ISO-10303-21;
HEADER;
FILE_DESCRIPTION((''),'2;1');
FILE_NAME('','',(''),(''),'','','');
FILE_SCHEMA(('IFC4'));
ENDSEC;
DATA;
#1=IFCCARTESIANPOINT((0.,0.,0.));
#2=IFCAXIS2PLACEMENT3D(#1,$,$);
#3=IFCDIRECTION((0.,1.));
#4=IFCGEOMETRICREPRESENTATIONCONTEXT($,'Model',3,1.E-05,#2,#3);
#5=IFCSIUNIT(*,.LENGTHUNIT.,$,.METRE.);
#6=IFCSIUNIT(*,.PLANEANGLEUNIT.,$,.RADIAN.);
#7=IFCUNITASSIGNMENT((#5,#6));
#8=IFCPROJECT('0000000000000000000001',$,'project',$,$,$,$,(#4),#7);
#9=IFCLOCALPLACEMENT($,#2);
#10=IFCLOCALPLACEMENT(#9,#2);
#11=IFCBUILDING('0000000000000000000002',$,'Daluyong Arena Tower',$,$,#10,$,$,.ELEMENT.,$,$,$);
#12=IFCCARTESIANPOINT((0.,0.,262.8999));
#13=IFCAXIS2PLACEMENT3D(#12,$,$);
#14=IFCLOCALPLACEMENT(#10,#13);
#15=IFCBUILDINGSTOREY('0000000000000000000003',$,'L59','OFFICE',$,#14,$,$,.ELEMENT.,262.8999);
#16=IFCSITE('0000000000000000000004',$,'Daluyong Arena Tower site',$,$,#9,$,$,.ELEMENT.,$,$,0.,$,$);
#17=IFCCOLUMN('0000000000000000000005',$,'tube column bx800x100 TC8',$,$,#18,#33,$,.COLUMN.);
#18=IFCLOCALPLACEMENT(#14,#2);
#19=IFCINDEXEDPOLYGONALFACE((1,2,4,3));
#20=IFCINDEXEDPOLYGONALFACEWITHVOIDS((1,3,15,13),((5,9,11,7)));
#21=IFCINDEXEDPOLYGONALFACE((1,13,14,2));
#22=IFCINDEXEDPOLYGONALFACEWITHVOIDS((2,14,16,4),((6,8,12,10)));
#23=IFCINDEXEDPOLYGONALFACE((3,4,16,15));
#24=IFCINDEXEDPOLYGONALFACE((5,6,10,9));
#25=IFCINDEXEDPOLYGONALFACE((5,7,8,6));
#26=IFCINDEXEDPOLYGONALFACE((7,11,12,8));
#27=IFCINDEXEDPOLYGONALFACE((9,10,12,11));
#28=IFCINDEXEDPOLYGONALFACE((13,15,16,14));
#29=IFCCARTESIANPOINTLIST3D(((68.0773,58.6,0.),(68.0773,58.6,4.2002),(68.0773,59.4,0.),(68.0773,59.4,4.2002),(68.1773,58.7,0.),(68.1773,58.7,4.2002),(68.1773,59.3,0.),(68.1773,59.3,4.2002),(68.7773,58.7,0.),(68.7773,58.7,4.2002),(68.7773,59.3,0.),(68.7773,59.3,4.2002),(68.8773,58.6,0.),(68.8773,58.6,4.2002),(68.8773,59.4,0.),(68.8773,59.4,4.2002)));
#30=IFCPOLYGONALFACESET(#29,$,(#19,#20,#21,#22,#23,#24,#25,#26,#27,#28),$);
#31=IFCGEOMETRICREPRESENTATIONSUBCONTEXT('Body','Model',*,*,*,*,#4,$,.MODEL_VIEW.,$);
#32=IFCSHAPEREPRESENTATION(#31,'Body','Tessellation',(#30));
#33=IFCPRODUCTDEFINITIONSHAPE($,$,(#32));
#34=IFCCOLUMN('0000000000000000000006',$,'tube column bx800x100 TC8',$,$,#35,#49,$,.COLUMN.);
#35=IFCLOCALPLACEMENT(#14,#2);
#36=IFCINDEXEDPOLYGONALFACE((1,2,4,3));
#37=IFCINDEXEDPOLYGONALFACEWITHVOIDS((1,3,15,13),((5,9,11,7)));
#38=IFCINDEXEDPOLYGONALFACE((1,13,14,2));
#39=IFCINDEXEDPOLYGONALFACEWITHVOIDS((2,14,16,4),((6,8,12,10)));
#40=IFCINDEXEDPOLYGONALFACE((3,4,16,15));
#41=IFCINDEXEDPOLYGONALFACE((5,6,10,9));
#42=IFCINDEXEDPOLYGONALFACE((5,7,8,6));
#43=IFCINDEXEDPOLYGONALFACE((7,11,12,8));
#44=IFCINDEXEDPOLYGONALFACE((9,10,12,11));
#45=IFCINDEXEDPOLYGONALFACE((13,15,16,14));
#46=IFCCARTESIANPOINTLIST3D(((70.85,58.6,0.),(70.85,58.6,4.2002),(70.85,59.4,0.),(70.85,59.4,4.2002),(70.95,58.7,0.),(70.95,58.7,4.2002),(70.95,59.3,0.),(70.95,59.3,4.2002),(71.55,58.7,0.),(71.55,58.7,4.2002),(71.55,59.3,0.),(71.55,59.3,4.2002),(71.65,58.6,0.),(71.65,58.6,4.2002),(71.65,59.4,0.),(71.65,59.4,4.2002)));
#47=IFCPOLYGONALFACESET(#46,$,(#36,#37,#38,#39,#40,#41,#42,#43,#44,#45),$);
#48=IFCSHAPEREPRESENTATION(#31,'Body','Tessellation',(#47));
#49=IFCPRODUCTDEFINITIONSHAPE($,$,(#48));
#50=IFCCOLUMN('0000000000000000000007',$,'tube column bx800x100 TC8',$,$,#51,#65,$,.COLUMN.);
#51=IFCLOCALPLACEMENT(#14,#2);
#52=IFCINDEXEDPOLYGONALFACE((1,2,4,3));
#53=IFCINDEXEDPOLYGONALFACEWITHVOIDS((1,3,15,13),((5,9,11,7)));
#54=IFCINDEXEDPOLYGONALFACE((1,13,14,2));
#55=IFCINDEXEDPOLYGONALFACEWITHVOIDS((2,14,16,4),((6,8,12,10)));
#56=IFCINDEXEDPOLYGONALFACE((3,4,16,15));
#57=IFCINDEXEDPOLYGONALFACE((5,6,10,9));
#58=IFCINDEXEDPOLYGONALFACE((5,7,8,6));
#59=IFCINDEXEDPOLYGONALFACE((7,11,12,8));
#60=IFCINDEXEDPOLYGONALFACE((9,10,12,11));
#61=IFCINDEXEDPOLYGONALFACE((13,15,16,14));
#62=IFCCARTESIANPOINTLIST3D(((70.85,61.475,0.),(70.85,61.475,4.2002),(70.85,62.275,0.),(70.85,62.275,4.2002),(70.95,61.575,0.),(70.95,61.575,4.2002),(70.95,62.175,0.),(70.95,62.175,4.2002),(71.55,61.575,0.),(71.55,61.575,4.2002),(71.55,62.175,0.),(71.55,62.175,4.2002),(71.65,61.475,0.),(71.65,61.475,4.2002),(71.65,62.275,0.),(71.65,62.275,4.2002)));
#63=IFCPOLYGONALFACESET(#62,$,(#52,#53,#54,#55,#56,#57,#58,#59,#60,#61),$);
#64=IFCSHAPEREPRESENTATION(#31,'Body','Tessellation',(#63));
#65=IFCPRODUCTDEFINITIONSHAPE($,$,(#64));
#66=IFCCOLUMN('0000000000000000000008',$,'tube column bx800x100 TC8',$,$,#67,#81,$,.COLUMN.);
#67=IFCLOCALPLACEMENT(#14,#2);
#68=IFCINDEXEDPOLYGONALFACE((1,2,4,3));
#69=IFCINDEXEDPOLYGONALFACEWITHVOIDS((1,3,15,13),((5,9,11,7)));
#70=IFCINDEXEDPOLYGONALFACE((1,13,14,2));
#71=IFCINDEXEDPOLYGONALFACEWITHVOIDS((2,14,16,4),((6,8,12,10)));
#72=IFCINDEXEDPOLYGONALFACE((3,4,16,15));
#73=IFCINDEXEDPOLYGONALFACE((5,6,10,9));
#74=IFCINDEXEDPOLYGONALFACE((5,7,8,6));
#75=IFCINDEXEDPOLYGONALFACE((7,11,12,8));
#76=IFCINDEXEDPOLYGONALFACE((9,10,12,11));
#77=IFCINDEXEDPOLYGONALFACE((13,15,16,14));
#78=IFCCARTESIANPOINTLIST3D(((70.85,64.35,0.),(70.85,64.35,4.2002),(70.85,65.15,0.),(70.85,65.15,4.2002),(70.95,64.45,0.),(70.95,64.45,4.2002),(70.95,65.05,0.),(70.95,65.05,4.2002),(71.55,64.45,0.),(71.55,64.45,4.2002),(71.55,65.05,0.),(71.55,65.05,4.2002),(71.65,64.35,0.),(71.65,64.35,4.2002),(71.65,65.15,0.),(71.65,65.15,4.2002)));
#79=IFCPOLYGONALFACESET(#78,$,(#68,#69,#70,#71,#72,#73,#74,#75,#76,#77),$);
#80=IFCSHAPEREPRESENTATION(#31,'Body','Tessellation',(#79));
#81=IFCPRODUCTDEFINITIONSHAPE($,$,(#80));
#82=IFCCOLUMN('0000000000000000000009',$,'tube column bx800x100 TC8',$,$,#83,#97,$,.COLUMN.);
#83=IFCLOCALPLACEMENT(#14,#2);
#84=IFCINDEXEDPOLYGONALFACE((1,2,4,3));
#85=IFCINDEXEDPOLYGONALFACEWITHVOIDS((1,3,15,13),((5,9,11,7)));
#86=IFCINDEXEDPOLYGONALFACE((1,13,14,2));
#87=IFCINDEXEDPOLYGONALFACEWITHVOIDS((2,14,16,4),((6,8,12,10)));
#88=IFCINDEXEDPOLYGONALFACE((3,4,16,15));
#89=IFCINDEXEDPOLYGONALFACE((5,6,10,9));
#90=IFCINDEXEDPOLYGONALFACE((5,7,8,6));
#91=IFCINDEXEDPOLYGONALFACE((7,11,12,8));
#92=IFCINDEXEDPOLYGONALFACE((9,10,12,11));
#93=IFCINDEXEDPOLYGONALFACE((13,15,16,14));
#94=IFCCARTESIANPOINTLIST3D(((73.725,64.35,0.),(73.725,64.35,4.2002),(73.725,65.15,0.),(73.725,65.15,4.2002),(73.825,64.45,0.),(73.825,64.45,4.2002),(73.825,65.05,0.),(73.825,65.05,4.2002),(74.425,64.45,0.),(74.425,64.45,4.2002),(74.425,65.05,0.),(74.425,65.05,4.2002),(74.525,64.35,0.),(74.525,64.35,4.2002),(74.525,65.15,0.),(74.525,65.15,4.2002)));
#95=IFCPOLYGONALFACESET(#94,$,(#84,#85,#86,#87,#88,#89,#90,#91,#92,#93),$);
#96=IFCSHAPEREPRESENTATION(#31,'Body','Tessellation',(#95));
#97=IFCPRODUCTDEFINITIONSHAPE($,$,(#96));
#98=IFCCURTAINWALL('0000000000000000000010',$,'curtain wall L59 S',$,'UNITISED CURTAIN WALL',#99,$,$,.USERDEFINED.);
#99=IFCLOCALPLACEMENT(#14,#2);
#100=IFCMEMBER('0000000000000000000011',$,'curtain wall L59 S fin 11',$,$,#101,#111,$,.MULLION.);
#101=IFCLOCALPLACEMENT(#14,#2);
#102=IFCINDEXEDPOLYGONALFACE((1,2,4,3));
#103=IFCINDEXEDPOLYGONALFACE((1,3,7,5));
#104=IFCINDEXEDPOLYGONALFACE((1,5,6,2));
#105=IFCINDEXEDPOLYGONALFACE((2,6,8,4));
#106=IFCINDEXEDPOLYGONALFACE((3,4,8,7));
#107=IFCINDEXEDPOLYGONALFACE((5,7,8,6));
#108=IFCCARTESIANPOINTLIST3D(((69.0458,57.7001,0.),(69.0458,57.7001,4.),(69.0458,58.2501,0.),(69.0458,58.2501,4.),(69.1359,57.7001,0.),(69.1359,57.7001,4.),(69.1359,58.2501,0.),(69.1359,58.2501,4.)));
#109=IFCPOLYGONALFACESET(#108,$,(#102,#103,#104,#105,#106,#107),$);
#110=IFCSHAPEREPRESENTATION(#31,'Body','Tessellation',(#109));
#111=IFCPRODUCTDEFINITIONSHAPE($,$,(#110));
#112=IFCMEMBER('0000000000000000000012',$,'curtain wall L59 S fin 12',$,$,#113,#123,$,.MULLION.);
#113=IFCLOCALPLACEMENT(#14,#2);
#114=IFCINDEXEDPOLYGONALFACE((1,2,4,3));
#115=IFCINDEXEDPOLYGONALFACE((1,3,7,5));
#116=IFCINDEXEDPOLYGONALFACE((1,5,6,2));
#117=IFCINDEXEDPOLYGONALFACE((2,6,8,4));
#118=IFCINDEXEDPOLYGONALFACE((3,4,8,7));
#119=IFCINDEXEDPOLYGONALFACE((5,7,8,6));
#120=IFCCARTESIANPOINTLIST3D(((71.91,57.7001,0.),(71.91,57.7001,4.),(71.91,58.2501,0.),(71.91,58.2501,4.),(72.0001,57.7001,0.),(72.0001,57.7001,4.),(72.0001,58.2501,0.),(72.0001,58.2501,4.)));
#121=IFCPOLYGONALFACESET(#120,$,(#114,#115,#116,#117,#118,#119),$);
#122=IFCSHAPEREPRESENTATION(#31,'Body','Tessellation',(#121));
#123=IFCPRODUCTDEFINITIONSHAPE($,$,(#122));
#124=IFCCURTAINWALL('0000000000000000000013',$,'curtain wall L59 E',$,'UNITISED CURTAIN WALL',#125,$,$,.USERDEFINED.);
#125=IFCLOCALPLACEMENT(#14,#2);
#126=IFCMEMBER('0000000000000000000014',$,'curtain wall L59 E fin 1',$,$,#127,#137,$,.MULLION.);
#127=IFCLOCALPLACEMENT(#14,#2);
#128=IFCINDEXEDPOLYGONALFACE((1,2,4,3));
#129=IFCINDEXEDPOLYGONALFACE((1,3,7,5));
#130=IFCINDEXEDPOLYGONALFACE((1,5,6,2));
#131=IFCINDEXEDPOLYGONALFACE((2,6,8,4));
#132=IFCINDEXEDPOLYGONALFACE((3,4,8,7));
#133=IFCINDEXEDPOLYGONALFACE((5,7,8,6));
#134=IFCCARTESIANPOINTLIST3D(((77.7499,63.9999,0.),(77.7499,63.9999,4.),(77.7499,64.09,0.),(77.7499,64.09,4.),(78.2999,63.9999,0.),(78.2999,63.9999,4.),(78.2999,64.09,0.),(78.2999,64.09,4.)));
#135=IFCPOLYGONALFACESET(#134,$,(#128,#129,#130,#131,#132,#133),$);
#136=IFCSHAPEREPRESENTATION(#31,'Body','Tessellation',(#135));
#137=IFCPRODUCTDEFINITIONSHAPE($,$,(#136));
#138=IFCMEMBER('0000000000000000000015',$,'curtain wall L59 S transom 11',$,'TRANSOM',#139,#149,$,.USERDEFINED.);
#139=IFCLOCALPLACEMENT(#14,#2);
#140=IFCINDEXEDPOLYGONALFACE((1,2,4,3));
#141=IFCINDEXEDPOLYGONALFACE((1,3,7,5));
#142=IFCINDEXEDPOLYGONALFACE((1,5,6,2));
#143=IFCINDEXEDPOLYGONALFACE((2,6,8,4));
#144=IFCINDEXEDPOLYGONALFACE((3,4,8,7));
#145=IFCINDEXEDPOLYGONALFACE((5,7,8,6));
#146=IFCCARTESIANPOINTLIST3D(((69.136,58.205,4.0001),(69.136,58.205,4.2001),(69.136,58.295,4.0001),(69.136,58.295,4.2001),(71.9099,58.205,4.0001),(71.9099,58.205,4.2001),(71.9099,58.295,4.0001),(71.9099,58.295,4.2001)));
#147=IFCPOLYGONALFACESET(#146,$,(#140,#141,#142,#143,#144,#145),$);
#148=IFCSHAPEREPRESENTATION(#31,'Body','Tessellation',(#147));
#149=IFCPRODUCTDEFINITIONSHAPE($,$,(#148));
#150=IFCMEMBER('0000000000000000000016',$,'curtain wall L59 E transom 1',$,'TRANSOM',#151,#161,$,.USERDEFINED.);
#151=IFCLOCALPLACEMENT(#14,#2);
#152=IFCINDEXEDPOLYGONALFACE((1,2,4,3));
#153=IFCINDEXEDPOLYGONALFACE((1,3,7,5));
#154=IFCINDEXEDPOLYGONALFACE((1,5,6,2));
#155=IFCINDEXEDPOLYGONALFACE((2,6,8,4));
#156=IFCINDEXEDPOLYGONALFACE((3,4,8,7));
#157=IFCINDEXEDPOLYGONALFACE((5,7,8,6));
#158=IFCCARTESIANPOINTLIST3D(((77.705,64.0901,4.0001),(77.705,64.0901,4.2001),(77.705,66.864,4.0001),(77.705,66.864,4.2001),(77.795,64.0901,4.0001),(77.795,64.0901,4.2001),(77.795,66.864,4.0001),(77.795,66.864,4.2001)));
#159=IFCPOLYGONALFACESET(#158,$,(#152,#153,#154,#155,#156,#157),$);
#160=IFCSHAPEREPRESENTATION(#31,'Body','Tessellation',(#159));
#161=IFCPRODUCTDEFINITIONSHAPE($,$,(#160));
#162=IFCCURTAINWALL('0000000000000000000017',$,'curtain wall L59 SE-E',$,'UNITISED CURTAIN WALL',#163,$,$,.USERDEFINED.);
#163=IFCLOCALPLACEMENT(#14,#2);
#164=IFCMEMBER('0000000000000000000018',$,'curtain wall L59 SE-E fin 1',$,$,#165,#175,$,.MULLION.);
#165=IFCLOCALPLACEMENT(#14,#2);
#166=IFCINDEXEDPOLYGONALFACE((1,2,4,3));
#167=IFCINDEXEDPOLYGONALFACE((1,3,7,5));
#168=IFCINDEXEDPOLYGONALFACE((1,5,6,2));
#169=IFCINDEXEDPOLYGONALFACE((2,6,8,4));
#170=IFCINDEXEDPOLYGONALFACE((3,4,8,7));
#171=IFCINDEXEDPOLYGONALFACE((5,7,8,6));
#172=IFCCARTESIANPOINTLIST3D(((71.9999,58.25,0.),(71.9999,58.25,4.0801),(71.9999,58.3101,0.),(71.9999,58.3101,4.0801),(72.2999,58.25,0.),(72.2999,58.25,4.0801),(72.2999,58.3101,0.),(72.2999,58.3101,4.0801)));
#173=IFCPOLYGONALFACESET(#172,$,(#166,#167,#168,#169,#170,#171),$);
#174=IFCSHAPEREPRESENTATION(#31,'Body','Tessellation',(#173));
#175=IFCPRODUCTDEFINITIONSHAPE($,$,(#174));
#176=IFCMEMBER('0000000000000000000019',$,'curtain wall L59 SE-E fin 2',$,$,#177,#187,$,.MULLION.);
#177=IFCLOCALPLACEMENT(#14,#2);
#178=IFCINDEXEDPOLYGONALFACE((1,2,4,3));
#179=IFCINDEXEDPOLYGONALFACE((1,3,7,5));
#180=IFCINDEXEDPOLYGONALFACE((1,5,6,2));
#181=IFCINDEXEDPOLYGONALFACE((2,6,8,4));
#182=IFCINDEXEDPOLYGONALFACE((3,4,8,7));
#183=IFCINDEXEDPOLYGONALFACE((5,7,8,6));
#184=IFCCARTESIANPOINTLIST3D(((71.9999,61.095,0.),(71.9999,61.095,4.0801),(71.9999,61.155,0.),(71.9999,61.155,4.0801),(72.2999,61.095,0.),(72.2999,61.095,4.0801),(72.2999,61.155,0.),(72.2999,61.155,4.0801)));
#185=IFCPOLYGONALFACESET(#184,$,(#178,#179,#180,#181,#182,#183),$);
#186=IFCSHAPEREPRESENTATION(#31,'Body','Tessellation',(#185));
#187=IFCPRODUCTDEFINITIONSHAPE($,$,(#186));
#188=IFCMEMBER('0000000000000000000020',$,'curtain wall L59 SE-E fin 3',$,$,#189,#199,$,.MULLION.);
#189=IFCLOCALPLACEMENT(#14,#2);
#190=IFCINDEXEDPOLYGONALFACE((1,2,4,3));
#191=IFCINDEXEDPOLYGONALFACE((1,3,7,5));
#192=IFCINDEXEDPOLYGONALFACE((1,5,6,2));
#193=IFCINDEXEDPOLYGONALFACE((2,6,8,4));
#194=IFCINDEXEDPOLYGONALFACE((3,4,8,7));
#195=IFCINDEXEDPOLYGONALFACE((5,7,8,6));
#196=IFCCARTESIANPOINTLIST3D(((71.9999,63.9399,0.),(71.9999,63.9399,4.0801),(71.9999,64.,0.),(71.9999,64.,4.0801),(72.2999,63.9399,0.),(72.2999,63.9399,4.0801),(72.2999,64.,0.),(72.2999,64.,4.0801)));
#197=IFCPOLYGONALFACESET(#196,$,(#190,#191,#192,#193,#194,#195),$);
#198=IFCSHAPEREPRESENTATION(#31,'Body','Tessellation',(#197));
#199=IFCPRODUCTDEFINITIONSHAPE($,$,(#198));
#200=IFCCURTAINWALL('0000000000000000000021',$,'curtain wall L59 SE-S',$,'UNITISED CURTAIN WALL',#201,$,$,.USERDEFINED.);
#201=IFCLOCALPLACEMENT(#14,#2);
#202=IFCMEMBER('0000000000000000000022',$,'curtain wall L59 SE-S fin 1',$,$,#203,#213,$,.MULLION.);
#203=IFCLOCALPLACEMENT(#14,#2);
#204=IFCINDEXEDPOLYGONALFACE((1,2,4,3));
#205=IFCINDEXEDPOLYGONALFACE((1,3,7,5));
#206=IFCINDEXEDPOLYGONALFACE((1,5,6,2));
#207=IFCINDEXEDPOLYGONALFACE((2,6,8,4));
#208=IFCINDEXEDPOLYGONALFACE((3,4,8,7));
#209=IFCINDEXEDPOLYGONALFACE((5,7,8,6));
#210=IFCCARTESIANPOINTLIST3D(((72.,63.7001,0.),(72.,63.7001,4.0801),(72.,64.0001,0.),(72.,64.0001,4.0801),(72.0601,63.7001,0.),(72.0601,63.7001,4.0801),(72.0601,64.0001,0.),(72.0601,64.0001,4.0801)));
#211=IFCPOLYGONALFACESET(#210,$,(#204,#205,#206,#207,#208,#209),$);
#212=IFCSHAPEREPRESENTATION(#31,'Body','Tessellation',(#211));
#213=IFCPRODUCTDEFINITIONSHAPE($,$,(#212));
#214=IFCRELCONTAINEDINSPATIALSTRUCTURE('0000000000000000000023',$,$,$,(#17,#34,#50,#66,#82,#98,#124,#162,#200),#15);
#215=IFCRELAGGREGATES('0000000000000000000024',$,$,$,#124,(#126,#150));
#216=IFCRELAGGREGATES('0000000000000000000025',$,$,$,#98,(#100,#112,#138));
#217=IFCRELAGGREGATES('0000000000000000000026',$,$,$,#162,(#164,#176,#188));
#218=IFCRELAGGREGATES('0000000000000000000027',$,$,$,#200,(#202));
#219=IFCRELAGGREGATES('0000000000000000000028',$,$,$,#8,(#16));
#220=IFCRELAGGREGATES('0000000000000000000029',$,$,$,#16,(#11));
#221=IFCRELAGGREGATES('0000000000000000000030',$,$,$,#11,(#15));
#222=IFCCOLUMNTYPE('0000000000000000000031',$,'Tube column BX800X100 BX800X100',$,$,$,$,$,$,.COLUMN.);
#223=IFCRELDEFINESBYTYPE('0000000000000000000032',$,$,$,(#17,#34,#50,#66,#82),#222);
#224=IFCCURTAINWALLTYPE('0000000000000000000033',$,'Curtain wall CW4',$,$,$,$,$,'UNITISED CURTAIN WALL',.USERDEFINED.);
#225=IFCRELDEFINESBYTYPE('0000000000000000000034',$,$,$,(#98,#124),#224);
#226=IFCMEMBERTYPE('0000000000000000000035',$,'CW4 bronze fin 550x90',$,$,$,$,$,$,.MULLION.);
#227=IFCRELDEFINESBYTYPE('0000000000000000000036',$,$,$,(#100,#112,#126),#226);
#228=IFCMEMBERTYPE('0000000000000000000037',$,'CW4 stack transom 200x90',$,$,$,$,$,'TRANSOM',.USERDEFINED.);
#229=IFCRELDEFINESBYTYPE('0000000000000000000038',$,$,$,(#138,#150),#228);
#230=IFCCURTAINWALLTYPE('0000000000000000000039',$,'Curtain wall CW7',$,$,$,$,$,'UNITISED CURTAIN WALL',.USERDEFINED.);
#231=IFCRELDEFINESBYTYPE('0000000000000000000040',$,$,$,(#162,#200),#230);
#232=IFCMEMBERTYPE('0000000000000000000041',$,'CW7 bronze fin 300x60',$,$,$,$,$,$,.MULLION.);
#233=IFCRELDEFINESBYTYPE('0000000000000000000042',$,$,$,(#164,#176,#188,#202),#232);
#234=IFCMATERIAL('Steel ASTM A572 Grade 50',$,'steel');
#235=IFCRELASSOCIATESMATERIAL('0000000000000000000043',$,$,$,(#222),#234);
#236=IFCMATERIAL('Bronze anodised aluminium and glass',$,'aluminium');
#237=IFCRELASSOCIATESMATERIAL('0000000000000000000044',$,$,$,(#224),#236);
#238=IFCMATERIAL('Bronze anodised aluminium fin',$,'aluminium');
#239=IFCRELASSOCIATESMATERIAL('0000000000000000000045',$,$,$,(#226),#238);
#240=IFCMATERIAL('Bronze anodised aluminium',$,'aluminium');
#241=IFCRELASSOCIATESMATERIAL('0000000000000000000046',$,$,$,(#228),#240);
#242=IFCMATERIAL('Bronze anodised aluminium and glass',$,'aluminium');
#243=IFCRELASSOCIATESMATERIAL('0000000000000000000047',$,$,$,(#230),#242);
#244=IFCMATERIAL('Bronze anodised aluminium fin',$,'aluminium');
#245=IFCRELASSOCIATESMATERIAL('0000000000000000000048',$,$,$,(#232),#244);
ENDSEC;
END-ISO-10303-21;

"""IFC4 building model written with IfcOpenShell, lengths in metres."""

from ifc_helpers import new_model, si_unit, direction, frame, origin, origin_2d, place, context, subcontext, project, spatial, rectangle, hollow_rectangle, extrude, material, material_profile, profile_set, type_object, element, aggregate, save


model = new_model("IFC4")

# Units and contexts
model_context = context("Model", 3, precision=1e-05, world=origin(), true_north=direction((0.0, 1.0)))
body_context = subcontext(model_context, "Body", "Model", "MODEL_VIEW")
ifc_project = project(units=[si_unit("LENGTHUNIT", "METRE"), si_unit("PLANEANGLEUNIT", "RADIAN")], contexts=[model_context])

# Site, building, storey
site_placement = place(None, origin())
site = spatial("IfcSite", under=ifc_project, at=site_placement, Name="Daluyong Arena Tower site", CompositionType="ELEMENT", RefElevation=0.0)
building_placement = place(site_placement, origin())
building = spatial("IfcBuilding", under=site, at=building_placement, Name="Daluyong Arena Tower", CompositionType="ELEMENT")
storey_placement = place(building_placement, frame((0.0, 0.0, 262.8999)))
storey = spatial("IfcBuildingStorey", under=building, at=storey_placement, Name="L59", Description="OFFICE", CompositionType="ELEMENT", Elevation=262.8999)

# Columns
ifc_material_1 = material(Name="Steel ASTM A572 Grade 50", Category="steel")
ifc_material_profile_1 = material_profile(ifc_material_1, hollow_rectangle(XDim=0.8, YDim=0.8, WallThickness=0.1, at=origin_2d()))
ifc_profile_set_1 = profile_set([ifc_material_profile_1], Name="Steel ASTM A572 Grade 50")
column_type = type_object("IfcColumnType", Name="Tube column BX800X100 BX800X100", PredefinedType="COLUMN", material=ifc_profile_set_1)
for number, where, z_axis, x_axis, name in (
    (1, (68.4773, 59.0, 0.0), (0.0, 0.0, 1.0), (1.0, 0.0, 0.0), "tube column bx800x100 TC8"),
    (2, (71.25, 59.0, 0.0), (0.0, 0.0, 1.0), (0.0, 1.0, 0.0), "tube column bx800x100 TC8"),
    (3, (71.25, 61.875, 0.0), (0.0, 0.0, 1.0), (0.0, 1.0, 0.0), "tube column bx800x100 TC8"),
    (4, (71.25, 64.75, 0.0), (0.0, 0.0, 1.0), (1.0, 0.0, 0.0), "tube column bx800x100 TC8"),
    (5, (74.125, 64.75, 0.0), (0.0, 0.0, 1.0), (1.0, 0.0, 0.0), "tube column bx800x100 TC8"),
):
    element("IfcColumn", number, at=place(storey_placement, frame(where, z_axis=z_axis, x_axis=x_axis)), inside=storey, type_object=column_type, Name=name, PredefinedType="COLUMN", context=body_context, shape_type="SweptSolid", body=[
        extrude(hollow_rectangle(XDim=0.8, YDim=0.8, WallThickness=0.1, at=origin_2d()), origin(), (0.0, 0.0, 1.0), 4.2002),
    ])

# Curtain wall, members
ifc_material_2 = material(Name="Bronze anodised aluminium and glass", Category="aluminium")
curtain_wall_type_1 = type_object("IfcCurtainWallType", Name="Curtain wall CW4", ElementType="UNITISED CURTAIN WALL", PredefinedType="USERDEFINED", material=ifc_material_2)
curtain_wall_1_placement = place(storey_placement, origin())
curtain_wall_1 = element("IfcCurtainWall", 6, at=curtain_wall_1_placement, inside=storey, type_object=curtain_wall_type_1, Name="curtain wall L59 S", ObjectType="UNITISED CURTAIN WALL", PredefinedType="USERDEFINED")
ifc_material_3 = material(Name="Bronze anodised aluminium fin", Category="aluminium")
ifc_material_profile_2 = material_profile(ifc_material_3, rectangle(XDim=0.55, YDim=0.0901, at=origin_2d()))
ifc_profile_set_2 = profile_set([ifc_material_profile_2], Name="Bronze anodised aluminium fin")
member_type_1 = type_object("IfcMemberType", Name="CW4 bronze fin 550x90", PredefinedType="MULLION", material=ifc_profile_set_2)
member_1_placement = place(storey_placement, frame((69.0908, 57.9751, 0.0), z_axis=(0.0, 0.0, 1.0), x_axis=(0.0, 1.0, 0.0)))
member_1 = element("IfcMember", 7, at=member_1_placement, type_object=member_type_1, Name="curtain wall L59 S fin 11", PredefinedType="MULLION", context=body_context, shape_type="SweptSolid", body=[
    extrude(rectangle(XDim=0.55, YDim=0.0901, at=origin_2d()), origin(), (0.0, 0.0, 1.0), 4.0),
])
member_2_placement = place(storey_placement, frame((71.9551, 57.9751, 0.0), z_axis=(0.0, 0.0, 1.0), x_axis=(0.0, 1.0, 0.0)))
member_2 = element("IfcMember", 8, at=member_2_placement, type_object=member_type_1, Name="curtain wall L59 S fin 12", PredefinedType="MULLION", context=body_context, shape_type="SweptSolid", body=[
    extrude(rectangle(XDim=0.55, YDim=0.0901, at=origin_2d()), origin(), (0.0, 0.0, 1.0), 4.0),
])

# Curtain wall, member
curtain_wall_2_placement = place(storey_placement, origin())
curtain_wall_2 = element("IfcCurtainWall", 9, at=curtain_wall_2_placement, inside=storey, type_object=curtain_wall_type_1, Name="curtain wall L59 E", ObjectType="UNITISED CURTAIN WALL", PredefinedType="USERDEFINED")
member_3_placement = place(storey_placement, frame((78.0249, 64.0449, 0.0), z_axis=(0.0, 0.0, 1.0), x_axis=(-1.0, 0.0, 0.0)))
member_3 = element("IfcMember", 10, at=member_3_placement, type_object=member_type_1, Name="curtain wall L59 E fin 1", PredefinedType="MULLION", context=body_context, shape_type="SweptSolid", body=[
    extrude(rectangle(XDim=0.55, YDim=0.0901, at=origin_2d()), origin(), (0.0, 0.0, 1.0), 4.0),
])

# Members
ifc_material_4 = material(Name="Bronze anodised aluminium", Category="aluminium")
ifc_material_profile_3 = material_profile(ifc_material_4, rectangle(XDim=0.0901, YDim=0.2, at=origin_2d()))
ifc_profile_set_3 = profile_set([ifc_material_profile_3], Name="Bronze anodised aluminium")
member_type_2 = type_object("IfcMemberType", Name="CW4 stack transom 200x90", ElementType="TRANSOM", PredefinedType="USERDEFINED", material=ifc_profile_set_3)
member_4_placement = place(storey_placement, frame((69.136, 58.25, 4.1001), z_axis=(1.0, 0.0, 0.0), x_axis=(0.0, 1.0, 0.0)))
member_4 = element("IfcMember", 11, at=member_4_placement, type_object=member_type_2, Name="curtain wall L59 S transom 11", ObjectType="TRANSOM", PredefinedType="USERDEFINED", context=body_context, shape_type="SweptSolid", body=[
    extrude(rectangle(XDim=0.0901, YDim=0.2, at=origin_2d()), origin(), (0.0, 0.0, 1.0), 2.7739),
])
member_5_placement = place(storey_placement, frame((77.75, 64.0901, 4.1001), z_axis=(0.0, 1.0, 0.0), x_axis=(-1.0, 0.0, 0.0)))
member_5 = element("IfcMember", 12, at=member_5_placement, type_object=member_type_2, Name="curtain wall L59 E transom 1", ObjectType="TRANSOM", PredefinedType="USERDEFINED", context=body_context, shape_type="SweptSolid", body=[
    extrude(rectangle(XDim=0.0901, YDim=0.2, at=origin_2d()), origin(), (0.0, 0.0, 1.0), 2.7739),
])
aggregate(curtain_wall_2, [member_3, member_5])

# Curtain walls, members
ifc_material_5 = material(Name="Bronze anodised aluminium and glass", Category="aluminium")
curtain_wall_type_2 = type_object("IfcCurtainWallType", Name="Curtain wall CW7", ElementType="UNITISED CURTAIN WALL", PredefinedType="USERDEFINED", material=ifc_material_5)
curtain_wall_3_placement = place(storey_placement, origin())
curtain_wall_3 = element("IfcCurtainWall", 13, at=curtain_wall_3_placement, inside=storey, type_object=curtain_wall_type_2, Name="curtain wall L59 SE-E", ObjectType="UNITISED CURTAIN WALL", PredefinedType="USERDEFINED")
ifc_material_6 = material(Name="Bronze anodised aluminium fin", Category="aluminium")
ifc_material_profile_4 = material_profile(ifc_material_6, rectangle(XDim=0.3, YDim=0.0601, at=origin_2d()))
ifc_profile_set_4 = profile_set([ifc_material_profile_4], Name="Bronze anodised aluminium fin")
member_type_3 = type_object("IfcMemberType", Name="CW7 bronze fin 300x60", PredefinedType="MULLION", material=ifc_profile_set_4)
member_6_placement = place(storey_placement, frame((72.1499, 58.28, 0.0), z_axis=(0.0, 0.0, 1.0), x_axis=(-1.0, 0.0, 0.0)))
member_6 = element("IfcMember", 14, at=member_6_placement, type_object=member_type_3, Name="curtain wall L59 SE-E fin 1", PredefinedType="MULLION", context=body_context, shape_type="SweptSolid", body=[
    extrude(rectangle(XDim=0.3, YDim=0.0601, at=origin_2d()), origin(), (0.0, 0.0, 1.0), 4.0801),
])
member_7_placement = place(storey_placement, frame((72.1499, 61.125, 0.0), z_axis=(0.0, 0.0, 1.0), x_axis=(-1.0, 0.0, 0.0)))
member_7 = element("IfcMember", 15, at=member_7_placement, type_object=member_type_3, Name="curtain wall L59 SE-E fin 2", PredefinedType="MULLION", context=body_context, shape_type="SweptSolid", body=[
    extrude(rectangle(XDim=0.3, YDim=0.0601, at=origin_2d()), origin(), (0.0, 0.0, 1.0), 4.0801),
])
member_8_placement = place(storey_placement, frame((72.1499, 63.97, 0.0), z_axis=(0.0, 0.0, 1.0), x_axis=(-1.0, 0.0, 0.0)))
member_8 = element("IfcMember", 16, at=member_8_placement, type_object=member_type_3, Name="curtain wall L59 SE-E fin 3", PredefinedType="MULLION", context=body_context, shape_type="SweptSolid", body=[
    extrude(rectangle(XDim=0.3, YDim=0.0601, at=origin_2d()), origin(), (0.0, 0.0, 1.0), 4.0801),
])
curtain_wall_4_placement = place(storey_placement, origin())
curtain_wall_4 = element("IfcCurtainWall", 17, at=curtain_wall_4_placement, inside=storey, type_object=curtain_wall_type_2, Name="curtain wall L59 SE-S", ObjectType="UNITISED CURTAIN WALL", PredefinedType="USERDEFINED")
member_9_placement = place(storey_placement, frame((72.03, 63.8501, 0.0), z_axis=(0.0, 0.0, 1.0), x_axis=(0.0, 1.0, 0.0)))
member_9 = element("IfcMember", 18, at=member_9_placement, type_object=member_type_3, Name="curtain wall L59 SE-S fin 1", PredefinedType="MULLION", context=body_context, shape_type="SweptSolid", body=[
    extrude(rectangle(XDim=0.3, YDim=0.0601, at=origin_2d()), origin(), (0.0, 0.0, 1.0), 4.0801),
])

aggregate(curtain_wall_1, [member_1, member_2, member_4])
aggregate(curtain_wall_3, [member_6, member_7, member_8])
aggregate(curtain_wall_4, [member_9])

save(model, "model.ifc")
